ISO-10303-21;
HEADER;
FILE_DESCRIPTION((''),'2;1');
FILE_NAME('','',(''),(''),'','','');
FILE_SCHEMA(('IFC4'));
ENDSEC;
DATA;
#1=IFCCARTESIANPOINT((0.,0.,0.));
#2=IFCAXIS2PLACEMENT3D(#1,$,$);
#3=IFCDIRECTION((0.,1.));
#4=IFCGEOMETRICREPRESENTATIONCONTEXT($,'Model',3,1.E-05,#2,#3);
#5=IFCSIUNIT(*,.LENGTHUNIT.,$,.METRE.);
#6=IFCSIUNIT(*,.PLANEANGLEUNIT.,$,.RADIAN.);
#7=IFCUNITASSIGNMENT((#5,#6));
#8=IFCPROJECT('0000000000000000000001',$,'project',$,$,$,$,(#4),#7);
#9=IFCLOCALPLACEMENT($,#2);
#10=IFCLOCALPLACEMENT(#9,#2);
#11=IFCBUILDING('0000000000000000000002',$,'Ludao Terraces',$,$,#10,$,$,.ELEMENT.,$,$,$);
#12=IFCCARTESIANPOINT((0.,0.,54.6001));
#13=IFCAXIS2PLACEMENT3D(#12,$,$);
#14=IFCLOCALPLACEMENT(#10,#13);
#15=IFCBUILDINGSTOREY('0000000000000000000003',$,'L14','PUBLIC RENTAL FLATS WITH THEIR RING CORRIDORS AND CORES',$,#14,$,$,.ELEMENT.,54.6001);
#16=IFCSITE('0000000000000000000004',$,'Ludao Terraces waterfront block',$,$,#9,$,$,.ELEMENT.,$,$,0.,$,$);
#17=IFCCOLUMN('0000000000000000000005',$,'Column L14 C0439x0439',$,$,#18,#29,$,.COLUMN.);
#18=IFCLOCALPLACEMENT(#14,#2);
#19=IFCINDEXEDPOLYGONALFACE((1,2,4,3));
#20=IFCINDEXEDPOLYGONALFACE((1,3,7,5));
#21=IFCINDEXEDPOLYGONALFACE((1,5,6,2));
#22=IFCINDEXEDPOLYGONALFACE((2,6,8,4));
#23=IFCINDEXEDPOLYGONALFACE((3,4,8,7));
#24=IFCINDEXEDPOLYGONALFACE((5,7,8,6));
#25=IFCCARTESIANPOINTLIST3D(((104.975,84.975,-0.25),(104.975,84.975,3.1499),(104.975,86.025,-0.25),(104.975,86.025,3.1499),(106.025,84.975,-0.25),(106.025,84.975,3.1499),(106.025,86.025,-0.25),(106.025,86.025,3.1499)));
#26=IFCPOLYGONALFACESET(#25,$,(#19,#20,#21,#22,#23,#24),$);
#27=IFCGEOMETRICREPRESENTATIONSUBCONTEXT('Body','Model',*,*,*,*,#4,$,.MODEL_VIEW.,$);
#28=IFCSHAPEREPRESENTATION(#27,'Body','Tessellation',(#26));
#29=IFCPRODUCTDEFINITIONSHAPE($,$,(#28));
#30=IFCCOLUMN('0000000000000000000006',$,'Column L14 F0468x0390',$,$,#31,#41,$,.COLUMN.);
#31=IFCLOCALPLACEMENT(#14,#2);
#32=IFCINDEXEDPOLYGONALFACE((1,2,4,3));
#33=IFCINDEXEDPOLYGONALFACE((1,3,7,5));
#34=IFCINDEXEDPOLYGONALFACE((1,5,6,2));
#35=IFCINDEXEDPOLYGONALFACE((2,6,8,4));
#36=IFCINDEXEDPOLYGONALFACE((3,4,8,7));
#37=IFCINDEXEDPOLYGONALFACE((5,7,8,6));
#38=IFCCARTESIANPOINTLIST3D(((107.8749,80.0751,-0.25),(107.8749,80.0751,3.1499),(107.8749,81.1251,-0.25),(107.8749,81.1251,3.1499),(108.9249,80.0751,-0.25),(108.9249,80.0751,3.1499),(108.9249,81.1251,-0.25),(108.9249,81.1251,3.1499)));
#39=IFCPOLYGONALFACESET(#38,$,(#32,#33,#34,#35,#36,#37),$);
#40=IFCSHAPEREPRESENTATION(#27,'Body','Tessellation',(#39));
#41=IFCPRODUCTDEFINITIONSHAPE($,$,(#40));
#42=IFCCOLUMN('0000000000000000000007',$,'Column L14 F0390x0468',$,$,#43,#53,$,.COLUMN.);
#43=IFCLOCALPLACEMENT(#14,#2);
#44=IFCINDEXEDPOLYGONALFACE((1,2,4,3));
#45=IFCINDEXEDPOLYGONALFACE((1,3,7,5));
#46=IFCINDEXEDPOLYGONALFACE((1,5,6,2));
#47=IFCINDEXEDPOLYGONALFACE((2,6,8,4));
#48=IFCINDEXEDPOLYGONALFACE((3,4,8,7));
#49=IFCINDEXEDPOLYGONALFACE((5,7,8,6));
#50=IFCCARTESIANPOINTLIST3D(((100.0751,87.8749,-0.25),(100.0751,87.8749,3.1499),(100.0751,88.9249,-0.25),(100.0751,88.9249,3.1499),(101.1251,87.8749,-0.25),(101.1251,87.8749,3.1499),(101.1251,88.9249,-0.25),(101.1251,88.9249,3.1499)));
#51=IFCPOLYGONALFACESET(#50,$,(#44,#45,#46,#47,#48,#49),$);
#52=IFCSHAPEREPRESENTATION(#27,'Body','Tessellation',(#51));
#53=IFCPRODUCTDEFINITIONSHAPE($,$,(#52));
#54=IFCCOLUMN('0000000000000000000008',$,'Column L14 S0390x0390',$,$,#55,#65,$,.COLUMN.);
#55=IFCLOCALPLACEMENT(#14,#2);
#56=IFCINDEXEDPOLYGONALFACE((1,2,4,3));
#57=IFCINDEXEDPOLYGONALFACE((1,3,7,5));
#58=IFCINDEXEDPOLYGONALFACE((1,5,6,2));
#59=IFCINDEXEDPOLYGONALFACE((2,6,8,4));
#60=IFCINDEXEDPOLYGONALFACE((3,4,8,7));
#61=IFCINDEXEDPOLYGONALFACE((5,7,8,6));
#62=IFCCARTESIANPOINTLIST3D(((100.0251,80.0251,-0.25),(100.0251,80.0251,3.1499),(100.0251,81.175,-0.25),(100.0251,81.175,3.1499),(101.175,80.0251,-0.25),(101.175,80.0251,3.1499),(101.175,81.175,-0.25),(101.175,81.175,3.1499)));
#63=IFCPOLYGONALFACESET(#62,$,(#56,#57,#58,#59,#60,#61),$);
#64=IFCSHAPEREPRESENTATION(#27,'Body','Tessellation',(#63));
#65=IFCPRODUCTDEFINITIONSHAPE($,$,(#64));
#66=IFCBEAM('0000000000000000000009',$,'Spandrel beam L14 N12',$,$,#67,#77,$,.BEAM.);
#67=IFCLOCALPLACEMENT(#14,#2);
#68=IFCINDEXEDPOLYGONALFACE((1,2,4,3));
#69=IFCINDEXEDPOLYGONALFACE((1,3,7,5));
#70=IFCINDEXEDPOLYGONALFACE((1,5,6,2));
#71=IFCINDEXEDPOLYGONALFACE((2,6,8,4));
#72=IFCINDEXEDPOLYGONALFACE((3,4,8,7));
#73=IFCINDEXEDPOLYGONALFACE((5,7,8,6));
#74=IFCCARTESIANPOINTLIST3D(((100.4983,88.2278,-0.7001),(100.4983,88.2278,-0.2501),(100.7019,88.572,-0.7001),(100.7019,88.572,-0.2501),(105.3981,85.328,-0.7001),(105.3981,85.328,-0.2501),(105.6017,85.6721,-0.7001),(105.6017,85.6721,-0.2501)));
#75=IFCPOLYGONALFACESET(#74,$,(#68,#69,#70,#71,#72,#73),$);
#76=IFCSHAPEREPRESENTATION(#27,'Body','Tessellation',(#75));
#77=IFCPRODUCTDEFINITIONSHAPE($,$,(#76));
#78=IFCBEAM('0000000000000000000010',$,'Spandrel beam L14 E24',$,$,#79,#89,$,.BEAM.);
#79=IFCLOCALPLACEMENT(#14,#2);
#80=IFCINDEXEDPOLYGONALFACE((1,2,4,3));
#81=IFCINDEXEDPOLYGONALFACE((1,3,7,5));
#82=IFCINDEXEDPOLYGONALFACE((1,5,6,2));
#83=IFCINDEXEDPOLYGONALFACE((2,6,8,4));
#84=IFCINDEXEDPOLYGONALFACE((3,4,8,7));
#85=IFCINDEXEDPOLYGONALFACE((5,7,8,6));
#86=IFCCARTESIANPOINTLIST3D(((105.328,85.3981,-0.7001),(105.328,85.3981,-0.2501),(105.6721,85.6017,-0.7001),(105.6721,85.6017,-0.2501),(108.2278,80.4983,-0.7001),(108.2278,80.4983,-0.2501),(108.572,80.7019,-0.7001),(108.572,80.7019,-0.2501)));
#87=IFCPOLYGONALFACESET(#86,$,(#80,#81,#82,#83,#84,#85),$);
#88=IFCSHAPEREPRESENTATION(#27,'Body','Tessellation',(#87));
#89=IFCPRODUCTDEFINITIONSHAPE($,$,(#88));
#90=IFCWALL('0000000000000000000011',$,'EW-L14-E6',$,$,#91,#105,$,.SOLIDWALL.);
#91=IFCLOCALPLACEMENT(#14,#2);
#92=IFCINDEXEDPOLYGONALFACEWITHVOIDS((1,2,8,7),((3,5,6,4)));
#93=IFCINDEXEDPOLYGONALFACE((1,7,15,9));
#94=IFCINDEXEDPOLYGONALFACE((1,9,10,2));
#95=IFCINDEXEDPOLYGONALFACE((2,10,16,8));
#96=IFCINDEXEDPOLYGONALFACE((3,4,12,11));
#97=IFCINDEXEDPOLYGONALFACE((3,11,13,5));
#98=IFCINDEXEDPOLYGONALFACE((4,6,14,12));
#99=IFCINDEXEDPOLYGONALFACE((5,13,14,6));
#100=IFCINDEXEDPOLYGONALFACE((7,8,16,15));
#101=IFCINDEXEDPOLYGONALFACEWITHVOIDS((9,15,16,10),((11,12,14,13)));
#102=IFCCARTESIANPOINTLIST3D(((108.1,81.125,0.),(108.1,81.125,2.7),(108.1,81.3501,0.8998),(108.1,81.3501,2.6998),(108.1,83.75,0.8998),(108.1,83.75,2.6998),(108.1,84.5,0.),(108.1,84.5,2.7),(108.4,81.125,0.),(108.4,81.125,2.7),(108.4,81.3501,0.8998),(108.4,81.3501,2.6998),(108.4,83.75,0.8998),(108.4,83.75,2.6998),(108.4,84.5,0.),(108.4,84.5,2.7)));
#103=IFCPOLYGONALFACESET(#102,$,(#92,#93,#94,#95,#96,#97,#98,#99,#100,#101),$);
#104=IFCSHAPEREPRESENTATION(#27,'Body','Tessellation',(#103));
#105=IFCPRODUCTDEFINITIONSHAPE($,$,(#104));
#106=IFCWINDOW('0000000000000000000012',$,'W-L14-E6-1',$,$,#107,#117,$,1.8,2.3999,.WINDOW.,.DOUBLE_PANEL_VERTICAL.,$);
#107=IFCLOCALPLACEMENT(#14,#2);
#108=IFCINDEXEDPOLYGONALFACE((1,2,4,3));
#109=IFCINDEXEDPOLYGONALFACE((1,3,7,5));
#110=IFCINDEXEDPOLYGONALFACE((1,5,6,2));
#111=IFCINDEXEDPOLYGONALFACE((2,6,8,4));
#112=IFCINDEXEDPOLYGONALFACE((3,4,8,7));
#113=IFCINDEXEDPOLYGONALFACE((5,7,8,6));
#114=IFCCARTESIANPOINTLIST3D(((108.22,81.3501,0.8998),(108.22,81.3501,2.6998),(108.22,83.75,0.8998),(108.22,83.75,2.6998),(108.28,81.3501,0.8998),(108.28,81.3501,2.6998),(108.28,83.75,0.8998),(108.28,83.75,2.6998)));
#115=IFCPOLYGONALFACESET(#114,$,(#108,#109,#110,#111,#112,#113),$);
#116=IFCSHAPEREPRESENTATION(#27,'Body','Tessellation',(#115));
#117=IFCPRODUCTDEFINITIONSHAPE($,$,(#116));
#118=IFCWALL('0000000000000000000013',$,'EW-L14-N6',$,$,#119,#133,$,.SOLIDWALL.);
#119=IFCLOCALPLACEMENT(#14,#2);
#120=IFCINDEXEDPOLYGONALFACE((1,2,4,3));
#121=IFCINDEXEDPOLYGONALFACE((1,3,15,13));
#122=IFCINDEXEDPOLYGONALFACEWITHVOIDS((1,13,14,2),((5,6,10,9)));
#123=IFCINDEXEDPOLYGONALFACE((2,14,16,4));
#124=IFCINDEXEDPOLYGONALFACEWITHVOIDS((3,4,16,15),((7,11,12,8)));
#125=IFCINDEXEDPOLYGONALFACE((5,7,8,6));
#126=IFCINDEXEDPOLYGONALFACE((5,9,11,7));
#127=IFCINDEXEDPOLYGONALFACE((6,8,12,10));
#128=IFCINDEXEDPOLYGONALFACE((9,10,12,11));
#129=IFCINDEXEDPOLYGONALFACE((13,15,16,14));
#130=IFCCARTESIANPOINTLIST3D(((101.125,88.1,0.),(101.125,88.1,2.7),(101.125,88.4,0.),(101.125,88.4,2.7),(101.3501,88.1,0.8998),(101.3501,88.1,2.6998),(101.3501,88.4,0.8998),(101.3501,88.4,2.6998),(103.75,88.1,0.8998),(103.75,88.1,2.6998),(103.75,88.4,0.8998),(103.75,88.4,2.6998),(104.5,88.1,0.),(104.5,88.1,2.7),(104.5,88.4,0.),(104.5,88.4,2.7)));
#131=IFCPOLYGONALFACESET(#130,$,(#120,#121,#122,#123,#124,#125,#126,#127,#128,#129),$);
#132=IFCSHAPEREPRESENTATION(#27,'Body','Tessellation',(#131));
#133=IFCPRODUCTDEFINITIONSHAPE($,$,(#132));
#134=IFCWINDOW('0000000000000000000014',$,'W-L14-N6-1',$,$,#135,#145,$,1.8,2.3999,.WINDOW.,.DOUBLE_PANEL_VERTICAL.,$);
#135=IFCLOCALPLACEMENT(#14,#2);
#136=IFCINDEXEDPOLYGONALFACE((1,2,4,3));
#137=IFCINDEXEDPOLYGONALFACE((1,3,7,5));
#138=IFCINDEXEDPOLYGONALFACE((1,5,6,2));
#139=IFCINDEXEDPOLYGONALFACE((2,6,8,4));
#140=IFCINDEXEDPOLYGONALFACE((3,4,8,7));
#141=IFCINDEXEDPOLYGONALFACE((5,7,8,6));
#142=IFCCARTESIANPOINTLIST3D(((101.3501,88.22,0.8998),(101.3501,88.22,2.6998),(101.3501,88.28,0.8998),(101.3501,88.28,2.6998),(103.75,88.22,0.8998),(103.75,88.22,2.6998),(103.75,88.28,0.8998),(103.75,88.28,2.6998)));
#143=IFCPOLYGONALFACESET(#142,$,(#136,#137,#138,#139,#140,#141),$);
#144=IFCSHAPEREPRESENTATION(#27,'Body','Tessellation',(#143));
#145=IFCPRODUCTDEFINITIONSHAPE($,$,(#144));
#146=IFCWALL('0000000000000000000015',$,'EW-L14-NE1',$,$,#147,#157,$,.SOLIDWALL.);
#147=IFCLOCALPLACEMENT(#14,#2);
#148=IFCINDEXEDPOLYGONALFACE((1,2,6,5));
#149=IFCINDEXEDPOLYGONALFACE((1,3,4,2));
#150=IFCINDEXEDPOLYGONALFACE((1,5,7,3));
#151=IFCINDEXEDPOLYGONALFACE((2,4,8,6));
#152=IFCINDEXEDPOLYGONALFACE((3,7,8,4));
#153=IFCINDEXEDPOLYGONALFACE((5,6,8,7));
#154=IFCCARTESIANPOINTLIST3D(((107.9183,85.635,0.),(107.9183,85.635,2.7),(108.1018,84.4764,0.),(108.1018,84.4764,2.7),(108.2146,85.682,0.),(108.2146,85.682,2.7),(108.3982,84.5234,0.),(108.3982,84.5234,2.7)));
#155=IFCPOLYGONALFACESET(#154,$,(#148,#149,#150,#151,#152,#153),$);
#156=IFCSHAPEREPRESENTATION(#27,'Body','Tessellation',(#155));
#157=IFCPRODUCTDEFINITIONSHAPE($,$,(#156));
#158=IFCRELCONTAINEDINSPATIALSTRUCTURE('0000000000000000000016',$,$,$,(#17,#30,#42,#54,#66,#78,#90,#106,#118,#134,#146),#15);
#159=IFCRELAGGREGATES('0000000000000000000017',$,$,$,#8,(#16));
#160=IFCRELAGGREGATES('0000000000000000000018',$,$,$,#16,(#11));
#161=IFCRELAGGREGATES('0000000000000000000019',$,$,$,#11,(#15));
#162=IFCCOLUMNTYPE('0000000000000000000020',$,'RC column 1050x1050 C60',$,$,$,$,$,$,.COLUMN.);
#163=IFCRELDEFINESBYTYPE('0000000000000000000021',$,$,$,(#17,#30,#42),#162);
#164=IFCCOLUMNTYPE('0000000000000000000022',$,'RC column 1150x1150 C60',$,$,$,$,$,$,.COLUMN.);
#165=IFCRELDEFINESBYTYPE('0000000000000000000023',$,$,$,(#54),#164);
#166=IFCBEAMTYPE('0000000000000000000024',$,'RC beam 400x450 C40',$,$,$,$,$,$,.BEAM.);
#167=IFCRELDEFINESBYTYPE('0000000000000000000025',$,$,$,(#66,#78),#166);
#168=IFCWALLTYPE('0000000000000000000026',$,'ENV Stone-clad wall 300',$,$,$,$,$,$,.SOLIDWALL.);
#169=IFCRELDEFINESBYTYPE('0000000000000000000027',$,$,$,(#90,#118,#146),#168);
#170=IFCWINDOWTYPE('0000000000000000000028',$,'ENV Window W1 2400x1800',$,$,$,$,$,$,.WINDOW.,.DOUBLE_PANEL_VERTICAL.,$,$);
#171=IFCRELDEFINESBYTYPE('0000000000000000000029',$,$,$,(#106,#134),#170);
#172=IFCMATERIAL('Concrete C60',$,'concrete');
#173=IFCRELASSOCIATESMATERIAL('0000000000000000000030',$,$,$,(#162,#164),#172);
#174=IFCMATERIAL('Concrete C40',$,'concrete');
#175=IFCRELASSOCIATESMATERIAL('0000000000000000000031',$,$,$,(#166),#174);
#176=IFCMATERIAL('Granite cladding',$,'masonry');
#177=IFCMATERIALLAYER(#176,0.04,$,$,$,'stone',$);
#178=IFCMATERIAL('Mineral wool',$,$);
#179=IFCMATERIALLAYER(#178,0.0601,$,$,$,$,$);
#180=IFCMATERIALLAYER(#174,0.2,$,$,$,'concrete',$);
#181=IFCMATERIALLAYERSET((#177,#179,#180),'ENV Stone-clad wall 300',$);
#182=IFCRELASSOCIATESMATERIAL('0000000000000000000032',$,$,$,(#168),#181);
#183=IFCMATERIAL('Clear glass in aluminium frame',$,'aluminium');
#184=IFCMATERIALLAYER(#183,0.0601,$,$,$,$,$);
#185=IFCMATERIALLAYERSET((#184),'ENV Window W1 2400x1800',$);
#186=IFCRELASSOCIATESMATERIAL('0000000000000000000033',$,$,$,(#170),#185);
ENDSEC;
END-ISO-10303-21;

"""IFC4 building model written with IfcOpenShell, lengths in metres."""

from ifc_helpers import new_model, si_unit, direction, frame, frame_2d, origin, origin_2d, place, context, subcontext, project, spatial, rectangle, extrude, material, layer, layer_set, material_profile, profile_set, type_object, element, fill, save


model = new_model("IFC4")

# Units and contexts
model_context = context("Model", 3, precision=1e-05, world=origin(), true_north=direction((0.0, 1.0)))
body_context = subcontext(model_context, "Body", "Model", "MODEL_VIEW")
ifc_project = project(units=[si_unit("LENGTHUNIT", "METRE"), si_unit("PLANEANGLEUNIT", "RADIAN")], contexts=[model_context])

# Site, building, storey
site_placement = place(None, origin())
site = spatial("IfcSite", under=ifc_project, at=site_placement, Name="Ludao Terraces waterfront block", CompositionType="ELEMENT", RefElevation=0.0)
building_placement = place(site_placement, origin())
building = spatial("IfcBuilding", under=site, at=building_placement, Name="Ludao Terraces", CompositionType="ELEMENT")
storey_placement = place(building_placement, frame((0.0, 0.0, 54.6001)))
storey = spatial("IfcBuildingStorey", under=building, at=storey_placement, Name="L14", Description="PUBLIC RENTAL FLATS WITH THEIR RING CORRIDORS AND CORES", CompositionType="ELEMENT", Elevation=54.6001)

# Columns
ifc_material_1 = material(Name="Concrete C60", Category="concrete")
ifc_material_profile_1 = material_profile(ifc_material_1, rectangle(XDim=1.05, YDim=1.05, at=origin_2d()), Name="1050 X 1050")
ifc_profile_set_1 = profile_set([ifc_material_profile_1], Name="Concrete C60")
column_type_1 = type_object("IfcColumnType", Name="RC column 1050x1050 C60", PredefinedType="COLUMN", material=ifc_profile_set_1)
for number, where, z_axis, x_axis, name in (
    (1, (105.5, 85.5, -0.25), (0.0, 0.0, 1.0), (1.0, 0.0, 0.0), "Column L14 C0439x0439"),
    (2, (108.3999, 80.6001, -0.25), (0.0, 0.0, 1.0), (1.0, 0.0, 0.0), "Column L14 F0468x0390"),
    (3, (100.6001, 88.3999, -0.25), (0.0, 0.0, 1.0), (1.0, 0.0, 0.0), "Column L14 F0390x0468"),
):
    element("IfcColumn", number, at=place(storey_placement, frame(where, z_axis=z_axis, x_axis=x_axis)), inside=storey, type_object=column_type_1, Name=name, PredefinedType="COLUMN", context=body_context, shape_type="SweptSolid", body=[
        extrude(rectangle(XDim=1.05, YDim=1.05, at=origin_2d()), origin(), (0.0, 0.0, 1.0), 3.3999),
    ])
ifc_material_profile_2 = material_profile(ifc_material_1, rectangle(XDim=1.1499, YDim=1.1499, at=origin_2d()), Name="1150 X 1150")
ifc_profile_set_2 = profile_set([ifc_material_profile_2], Name="Concrete C60")
column_type_2 = type_object("IfcColumnType", Name="RC column 1150x1150 C60", PredefinedType="COLUMN", material=ifc_profile_set_2)
column_placement = place(storey_placement, frame((100.6001, 80.6001, -0.25), z_axis=(0.0, 0.0, 1.0), x_axis=(1.0, 0.0, 0.0)))
element("IfcColumn", 4, at=column_placement, inside=storey, type_object=column_type_2, Name="Column L14 S0390x0390", PredefinedType="COLUMN", context=body_context, shape_type="SweptSolid", body=[
    extrude(rectangle(XDim=1.1499, YDim=1.1499, at=origin_2d()), origin(), (0.0, 0.0, 1.0), 3.3999),
])

# Beams
ifc_material_2 = material(Name="Concrete C40", Category="concrete")
ifc_material_profile_3 = material_profile(ifc_material_2, rectangle(XDim=0.3999, YDim=0.45, at=origin_2d()), Name="400 X 450")
ifc_profile_set_3 = profile_set([ifc_material_profile_3], Name="Concrete C40")
beam_type = type_object("IfcBeamType", Name="RC beam 400x450 C40", PredefinedType="BEAM", material=ifc_profile_set_3)
for number, where, z_axis, x_axis, name in (
    (5, (100.6001, 88.3999, -0.4751), (0.86058, -0.509316, 0.0), (0.509316, 0.86058, 0.0), "Spandrel beam L14 N12"),
    (6, (108.3999, 80.6001, -0.4751), (-0.509316, 0.86058, 0.0), (-0.86058, -0.509316, 0.0), "Spandrel beam L14 E24"),
):
    element("IfcBeam", number, at=place(storey_placement, frame(where, z_axis=z_axis, x_axis=x_axis)), inside=storey, type_object=beam_type, Name=name, PredefinedType="BEAM", context=body_context, shape_type="SweptSolid", body=[
        extrude(rectangle(XDim=0.3999, YDim=0.45, at=origin_2d()), origin(), (0.0, 0.0, 1.0), 5.6936),
    ])

# Walls, openings, windows
ifc_material_3 = material(Name="Granite cladding", Category="masonry")
ifc_layer_1 = layer(ifc_material_3, 0.04, Category="stone")
ifc_material_4 = material(Name="Mineral wool")
ifc_layer_2 = layer(ifc_material_4, 0.0601)
ifc_layer_3 = layer(ifc_material_2, 0.2, Category="concrete")
ifc_layer_set_1 = layer_set([ifc_layer_1, ifc_layer_2, ifc_layer_3], Name="ENV Stone-clad wall 300")
wall_type = type_object("IfcWallType", Name="ENV Stone-clad wall 300", PredefinedType="SOLIDWALL", material=ifc_layer_set_1)
wall_1_placement = place(storey_placement, frame((108.25, 81.125, 0.0), z_axis=(0.0, 0.0, 1.0), x_axis=(0.0, 1.0, 0.0)))
wall_1 = element("IfcWall", 7, at=wall_1_placement, inside=storey, type_object=wall_type, Name="EW-L14-E6", PredefinedType="SOLIDWALL", context=body_context, shape_type="SweptSolid", body=[
    extrude(rectangle(XDim=3.375, YDim=0.3, at=frame_2d((1.6875, 0.0))), origin(), (0.0, 0.0, 1.0), 2.7),
])
opening_1_placement = place(wall_1_placement, frame((0.2251, 0.0, 0.8999)))
opening_1 = element("IfcOpeningElement", 8, at=opening_1_placement, cuts=wall_1, PredefinedType="OPENING", context=body_context, shape_type="SweptSolid", body=[
    extrude(rectangle(XDim=2.3999, YDim=1.8, at=frame_2d((1.2, 0.8999))), frame((0.0, 0.1602, 0.0), z_axis=(0.0, -1.0, 0.0), x_axis=(1.0, 0.0, 0.0)), (0.0, 0.0, 1.0), 0.3201),
])
ifc_material_5 = material(Name="Clear glass in aluminium frame", Category="aluminium")
ifc_layer_4 = layer(ifc_material_5, 0.0601)
ifc_layer_set_2 = layer_set([ifc_layer_4], Name="ENV Window W1 2400x1800")
window_type_1 = type_object("IfcWindowType", Name="ENV Window W1 2400x1800", PartitioningType="DOUBLE_PANEL_VERTICAL", PredefinedType="WINDOW", material=ifc_layer_set_2)
window_1_placement = place(opening_1_placement, origin())
window_1 = element("IfcWindow", 9, at=window_1_placement, inside=storey, type_object=window_type_1, Name="W-L14-E6-1", OverallHeight=1.8, OverallWidth=2.3999, PartitioningType="DOUBLE_PANEL_VERTICAL", PredefinedType="WINDOW", context=body_context, shape_type="SweptSolid", body=[
    extrude(rectangle(XDim=2.3999, YDim=1.8, at=frame_2d((1.2, 0.8999))), frame((0.0, 0.03, 0.0), z_axis=(0.0, -1.0, 0.0), x_axis=(1.0, 0.0, 0.0)), (0.0, 0.0, 1.0), 0.0601),
])
fill(opening_1, window_1)
wall_2_placement = place(storey_placement, frame((101.125, 88.25, 0.0), z_axis=(0.0, 0.0, 1.0), x_axis=(1.0, 0.0, 0.0)))
wall_2 = element("IfcWall", 10, at=wall_2_placement, inside=storey, type_object=wall_type, Name="EW-L14-N6", PredefinedType="SOLIDWALL", context=body_context, shape_type="SweptSolid", body=[
    extrude(rectangle(XDim=3.375, YDim=0.3, at=frame_2d((1.6875, 0.0))), origin(), (0.0, 0.0, 1.0), 2.7),
])
opening_2_placement = place(wall_2_placement, frame((0.2251, 0.0, 0.8999)))
opening_2 = element("IfcOpeningElement", 11, at=opening_2_placement, cuts=wall_2, PredefinedType="OPENING", context=body_context, shape_type="SweptSolid", body=[
    extrude(rectangle(XDim=2.3999, YDim=1.8, at=frame_2d((1.2, 0.8999))), frame((0.0, 0.1602, 0.0), z_axis=(0.0, -1.0, 0.0), x_axis=(1.0, 0.0, 0.0)), (0.0, 0.0, 1.0), 0.3201),
])
window_2_placement = place(opening_2_placement, origin())
window_2 = element("IfcWindow", 12, at=window_2_placement, inside=storey, type_object=window_type_1, Name="W-L14-N6-1", OverallHeight=1.8, OverallWidth=2.3999, PartitioningType="DOUBLE_PANEL_VERTICAL", PredefinedType="WINDOW", context=body_context, shape_type="SweptSolid", body=[
    extrude(rectangle(XDim=2.3999, YDim=1.8, at=frame_2d((1.2, 0.8999))), frame((0.0, 0.03, 0.0), z_axis=(0.0, -1.0, 0.0), x_axis=(1.0, 0.0, 0.0)), (0.0, 0.0, 1.0), 0.0601),
])
fill(opening_2, window_2)

# Wall
wall_3_placement = place(storey_placement, frame((108.25, 84.5, 0.0), z_axis=(0.0, 0.0, 1.0), x_axis=(-0.156497, 0.987678, 0.0)))
element("IfcWall", 13, at=wall_3_placement, inside=storey, type_object=wall_type, Name="EW-L14-NE1", PredefinedType="SOLIDWALL", context=body_context, shape_type="SweptSolid", body=[
    extrude(rectangle(XDim=1.1731, YDim=0.3, at=frame_2d((0.5864, 0.0))), origin(), (0.0, 0.0, 1.0), 2.7),
])

save(model, "model.ifc")
